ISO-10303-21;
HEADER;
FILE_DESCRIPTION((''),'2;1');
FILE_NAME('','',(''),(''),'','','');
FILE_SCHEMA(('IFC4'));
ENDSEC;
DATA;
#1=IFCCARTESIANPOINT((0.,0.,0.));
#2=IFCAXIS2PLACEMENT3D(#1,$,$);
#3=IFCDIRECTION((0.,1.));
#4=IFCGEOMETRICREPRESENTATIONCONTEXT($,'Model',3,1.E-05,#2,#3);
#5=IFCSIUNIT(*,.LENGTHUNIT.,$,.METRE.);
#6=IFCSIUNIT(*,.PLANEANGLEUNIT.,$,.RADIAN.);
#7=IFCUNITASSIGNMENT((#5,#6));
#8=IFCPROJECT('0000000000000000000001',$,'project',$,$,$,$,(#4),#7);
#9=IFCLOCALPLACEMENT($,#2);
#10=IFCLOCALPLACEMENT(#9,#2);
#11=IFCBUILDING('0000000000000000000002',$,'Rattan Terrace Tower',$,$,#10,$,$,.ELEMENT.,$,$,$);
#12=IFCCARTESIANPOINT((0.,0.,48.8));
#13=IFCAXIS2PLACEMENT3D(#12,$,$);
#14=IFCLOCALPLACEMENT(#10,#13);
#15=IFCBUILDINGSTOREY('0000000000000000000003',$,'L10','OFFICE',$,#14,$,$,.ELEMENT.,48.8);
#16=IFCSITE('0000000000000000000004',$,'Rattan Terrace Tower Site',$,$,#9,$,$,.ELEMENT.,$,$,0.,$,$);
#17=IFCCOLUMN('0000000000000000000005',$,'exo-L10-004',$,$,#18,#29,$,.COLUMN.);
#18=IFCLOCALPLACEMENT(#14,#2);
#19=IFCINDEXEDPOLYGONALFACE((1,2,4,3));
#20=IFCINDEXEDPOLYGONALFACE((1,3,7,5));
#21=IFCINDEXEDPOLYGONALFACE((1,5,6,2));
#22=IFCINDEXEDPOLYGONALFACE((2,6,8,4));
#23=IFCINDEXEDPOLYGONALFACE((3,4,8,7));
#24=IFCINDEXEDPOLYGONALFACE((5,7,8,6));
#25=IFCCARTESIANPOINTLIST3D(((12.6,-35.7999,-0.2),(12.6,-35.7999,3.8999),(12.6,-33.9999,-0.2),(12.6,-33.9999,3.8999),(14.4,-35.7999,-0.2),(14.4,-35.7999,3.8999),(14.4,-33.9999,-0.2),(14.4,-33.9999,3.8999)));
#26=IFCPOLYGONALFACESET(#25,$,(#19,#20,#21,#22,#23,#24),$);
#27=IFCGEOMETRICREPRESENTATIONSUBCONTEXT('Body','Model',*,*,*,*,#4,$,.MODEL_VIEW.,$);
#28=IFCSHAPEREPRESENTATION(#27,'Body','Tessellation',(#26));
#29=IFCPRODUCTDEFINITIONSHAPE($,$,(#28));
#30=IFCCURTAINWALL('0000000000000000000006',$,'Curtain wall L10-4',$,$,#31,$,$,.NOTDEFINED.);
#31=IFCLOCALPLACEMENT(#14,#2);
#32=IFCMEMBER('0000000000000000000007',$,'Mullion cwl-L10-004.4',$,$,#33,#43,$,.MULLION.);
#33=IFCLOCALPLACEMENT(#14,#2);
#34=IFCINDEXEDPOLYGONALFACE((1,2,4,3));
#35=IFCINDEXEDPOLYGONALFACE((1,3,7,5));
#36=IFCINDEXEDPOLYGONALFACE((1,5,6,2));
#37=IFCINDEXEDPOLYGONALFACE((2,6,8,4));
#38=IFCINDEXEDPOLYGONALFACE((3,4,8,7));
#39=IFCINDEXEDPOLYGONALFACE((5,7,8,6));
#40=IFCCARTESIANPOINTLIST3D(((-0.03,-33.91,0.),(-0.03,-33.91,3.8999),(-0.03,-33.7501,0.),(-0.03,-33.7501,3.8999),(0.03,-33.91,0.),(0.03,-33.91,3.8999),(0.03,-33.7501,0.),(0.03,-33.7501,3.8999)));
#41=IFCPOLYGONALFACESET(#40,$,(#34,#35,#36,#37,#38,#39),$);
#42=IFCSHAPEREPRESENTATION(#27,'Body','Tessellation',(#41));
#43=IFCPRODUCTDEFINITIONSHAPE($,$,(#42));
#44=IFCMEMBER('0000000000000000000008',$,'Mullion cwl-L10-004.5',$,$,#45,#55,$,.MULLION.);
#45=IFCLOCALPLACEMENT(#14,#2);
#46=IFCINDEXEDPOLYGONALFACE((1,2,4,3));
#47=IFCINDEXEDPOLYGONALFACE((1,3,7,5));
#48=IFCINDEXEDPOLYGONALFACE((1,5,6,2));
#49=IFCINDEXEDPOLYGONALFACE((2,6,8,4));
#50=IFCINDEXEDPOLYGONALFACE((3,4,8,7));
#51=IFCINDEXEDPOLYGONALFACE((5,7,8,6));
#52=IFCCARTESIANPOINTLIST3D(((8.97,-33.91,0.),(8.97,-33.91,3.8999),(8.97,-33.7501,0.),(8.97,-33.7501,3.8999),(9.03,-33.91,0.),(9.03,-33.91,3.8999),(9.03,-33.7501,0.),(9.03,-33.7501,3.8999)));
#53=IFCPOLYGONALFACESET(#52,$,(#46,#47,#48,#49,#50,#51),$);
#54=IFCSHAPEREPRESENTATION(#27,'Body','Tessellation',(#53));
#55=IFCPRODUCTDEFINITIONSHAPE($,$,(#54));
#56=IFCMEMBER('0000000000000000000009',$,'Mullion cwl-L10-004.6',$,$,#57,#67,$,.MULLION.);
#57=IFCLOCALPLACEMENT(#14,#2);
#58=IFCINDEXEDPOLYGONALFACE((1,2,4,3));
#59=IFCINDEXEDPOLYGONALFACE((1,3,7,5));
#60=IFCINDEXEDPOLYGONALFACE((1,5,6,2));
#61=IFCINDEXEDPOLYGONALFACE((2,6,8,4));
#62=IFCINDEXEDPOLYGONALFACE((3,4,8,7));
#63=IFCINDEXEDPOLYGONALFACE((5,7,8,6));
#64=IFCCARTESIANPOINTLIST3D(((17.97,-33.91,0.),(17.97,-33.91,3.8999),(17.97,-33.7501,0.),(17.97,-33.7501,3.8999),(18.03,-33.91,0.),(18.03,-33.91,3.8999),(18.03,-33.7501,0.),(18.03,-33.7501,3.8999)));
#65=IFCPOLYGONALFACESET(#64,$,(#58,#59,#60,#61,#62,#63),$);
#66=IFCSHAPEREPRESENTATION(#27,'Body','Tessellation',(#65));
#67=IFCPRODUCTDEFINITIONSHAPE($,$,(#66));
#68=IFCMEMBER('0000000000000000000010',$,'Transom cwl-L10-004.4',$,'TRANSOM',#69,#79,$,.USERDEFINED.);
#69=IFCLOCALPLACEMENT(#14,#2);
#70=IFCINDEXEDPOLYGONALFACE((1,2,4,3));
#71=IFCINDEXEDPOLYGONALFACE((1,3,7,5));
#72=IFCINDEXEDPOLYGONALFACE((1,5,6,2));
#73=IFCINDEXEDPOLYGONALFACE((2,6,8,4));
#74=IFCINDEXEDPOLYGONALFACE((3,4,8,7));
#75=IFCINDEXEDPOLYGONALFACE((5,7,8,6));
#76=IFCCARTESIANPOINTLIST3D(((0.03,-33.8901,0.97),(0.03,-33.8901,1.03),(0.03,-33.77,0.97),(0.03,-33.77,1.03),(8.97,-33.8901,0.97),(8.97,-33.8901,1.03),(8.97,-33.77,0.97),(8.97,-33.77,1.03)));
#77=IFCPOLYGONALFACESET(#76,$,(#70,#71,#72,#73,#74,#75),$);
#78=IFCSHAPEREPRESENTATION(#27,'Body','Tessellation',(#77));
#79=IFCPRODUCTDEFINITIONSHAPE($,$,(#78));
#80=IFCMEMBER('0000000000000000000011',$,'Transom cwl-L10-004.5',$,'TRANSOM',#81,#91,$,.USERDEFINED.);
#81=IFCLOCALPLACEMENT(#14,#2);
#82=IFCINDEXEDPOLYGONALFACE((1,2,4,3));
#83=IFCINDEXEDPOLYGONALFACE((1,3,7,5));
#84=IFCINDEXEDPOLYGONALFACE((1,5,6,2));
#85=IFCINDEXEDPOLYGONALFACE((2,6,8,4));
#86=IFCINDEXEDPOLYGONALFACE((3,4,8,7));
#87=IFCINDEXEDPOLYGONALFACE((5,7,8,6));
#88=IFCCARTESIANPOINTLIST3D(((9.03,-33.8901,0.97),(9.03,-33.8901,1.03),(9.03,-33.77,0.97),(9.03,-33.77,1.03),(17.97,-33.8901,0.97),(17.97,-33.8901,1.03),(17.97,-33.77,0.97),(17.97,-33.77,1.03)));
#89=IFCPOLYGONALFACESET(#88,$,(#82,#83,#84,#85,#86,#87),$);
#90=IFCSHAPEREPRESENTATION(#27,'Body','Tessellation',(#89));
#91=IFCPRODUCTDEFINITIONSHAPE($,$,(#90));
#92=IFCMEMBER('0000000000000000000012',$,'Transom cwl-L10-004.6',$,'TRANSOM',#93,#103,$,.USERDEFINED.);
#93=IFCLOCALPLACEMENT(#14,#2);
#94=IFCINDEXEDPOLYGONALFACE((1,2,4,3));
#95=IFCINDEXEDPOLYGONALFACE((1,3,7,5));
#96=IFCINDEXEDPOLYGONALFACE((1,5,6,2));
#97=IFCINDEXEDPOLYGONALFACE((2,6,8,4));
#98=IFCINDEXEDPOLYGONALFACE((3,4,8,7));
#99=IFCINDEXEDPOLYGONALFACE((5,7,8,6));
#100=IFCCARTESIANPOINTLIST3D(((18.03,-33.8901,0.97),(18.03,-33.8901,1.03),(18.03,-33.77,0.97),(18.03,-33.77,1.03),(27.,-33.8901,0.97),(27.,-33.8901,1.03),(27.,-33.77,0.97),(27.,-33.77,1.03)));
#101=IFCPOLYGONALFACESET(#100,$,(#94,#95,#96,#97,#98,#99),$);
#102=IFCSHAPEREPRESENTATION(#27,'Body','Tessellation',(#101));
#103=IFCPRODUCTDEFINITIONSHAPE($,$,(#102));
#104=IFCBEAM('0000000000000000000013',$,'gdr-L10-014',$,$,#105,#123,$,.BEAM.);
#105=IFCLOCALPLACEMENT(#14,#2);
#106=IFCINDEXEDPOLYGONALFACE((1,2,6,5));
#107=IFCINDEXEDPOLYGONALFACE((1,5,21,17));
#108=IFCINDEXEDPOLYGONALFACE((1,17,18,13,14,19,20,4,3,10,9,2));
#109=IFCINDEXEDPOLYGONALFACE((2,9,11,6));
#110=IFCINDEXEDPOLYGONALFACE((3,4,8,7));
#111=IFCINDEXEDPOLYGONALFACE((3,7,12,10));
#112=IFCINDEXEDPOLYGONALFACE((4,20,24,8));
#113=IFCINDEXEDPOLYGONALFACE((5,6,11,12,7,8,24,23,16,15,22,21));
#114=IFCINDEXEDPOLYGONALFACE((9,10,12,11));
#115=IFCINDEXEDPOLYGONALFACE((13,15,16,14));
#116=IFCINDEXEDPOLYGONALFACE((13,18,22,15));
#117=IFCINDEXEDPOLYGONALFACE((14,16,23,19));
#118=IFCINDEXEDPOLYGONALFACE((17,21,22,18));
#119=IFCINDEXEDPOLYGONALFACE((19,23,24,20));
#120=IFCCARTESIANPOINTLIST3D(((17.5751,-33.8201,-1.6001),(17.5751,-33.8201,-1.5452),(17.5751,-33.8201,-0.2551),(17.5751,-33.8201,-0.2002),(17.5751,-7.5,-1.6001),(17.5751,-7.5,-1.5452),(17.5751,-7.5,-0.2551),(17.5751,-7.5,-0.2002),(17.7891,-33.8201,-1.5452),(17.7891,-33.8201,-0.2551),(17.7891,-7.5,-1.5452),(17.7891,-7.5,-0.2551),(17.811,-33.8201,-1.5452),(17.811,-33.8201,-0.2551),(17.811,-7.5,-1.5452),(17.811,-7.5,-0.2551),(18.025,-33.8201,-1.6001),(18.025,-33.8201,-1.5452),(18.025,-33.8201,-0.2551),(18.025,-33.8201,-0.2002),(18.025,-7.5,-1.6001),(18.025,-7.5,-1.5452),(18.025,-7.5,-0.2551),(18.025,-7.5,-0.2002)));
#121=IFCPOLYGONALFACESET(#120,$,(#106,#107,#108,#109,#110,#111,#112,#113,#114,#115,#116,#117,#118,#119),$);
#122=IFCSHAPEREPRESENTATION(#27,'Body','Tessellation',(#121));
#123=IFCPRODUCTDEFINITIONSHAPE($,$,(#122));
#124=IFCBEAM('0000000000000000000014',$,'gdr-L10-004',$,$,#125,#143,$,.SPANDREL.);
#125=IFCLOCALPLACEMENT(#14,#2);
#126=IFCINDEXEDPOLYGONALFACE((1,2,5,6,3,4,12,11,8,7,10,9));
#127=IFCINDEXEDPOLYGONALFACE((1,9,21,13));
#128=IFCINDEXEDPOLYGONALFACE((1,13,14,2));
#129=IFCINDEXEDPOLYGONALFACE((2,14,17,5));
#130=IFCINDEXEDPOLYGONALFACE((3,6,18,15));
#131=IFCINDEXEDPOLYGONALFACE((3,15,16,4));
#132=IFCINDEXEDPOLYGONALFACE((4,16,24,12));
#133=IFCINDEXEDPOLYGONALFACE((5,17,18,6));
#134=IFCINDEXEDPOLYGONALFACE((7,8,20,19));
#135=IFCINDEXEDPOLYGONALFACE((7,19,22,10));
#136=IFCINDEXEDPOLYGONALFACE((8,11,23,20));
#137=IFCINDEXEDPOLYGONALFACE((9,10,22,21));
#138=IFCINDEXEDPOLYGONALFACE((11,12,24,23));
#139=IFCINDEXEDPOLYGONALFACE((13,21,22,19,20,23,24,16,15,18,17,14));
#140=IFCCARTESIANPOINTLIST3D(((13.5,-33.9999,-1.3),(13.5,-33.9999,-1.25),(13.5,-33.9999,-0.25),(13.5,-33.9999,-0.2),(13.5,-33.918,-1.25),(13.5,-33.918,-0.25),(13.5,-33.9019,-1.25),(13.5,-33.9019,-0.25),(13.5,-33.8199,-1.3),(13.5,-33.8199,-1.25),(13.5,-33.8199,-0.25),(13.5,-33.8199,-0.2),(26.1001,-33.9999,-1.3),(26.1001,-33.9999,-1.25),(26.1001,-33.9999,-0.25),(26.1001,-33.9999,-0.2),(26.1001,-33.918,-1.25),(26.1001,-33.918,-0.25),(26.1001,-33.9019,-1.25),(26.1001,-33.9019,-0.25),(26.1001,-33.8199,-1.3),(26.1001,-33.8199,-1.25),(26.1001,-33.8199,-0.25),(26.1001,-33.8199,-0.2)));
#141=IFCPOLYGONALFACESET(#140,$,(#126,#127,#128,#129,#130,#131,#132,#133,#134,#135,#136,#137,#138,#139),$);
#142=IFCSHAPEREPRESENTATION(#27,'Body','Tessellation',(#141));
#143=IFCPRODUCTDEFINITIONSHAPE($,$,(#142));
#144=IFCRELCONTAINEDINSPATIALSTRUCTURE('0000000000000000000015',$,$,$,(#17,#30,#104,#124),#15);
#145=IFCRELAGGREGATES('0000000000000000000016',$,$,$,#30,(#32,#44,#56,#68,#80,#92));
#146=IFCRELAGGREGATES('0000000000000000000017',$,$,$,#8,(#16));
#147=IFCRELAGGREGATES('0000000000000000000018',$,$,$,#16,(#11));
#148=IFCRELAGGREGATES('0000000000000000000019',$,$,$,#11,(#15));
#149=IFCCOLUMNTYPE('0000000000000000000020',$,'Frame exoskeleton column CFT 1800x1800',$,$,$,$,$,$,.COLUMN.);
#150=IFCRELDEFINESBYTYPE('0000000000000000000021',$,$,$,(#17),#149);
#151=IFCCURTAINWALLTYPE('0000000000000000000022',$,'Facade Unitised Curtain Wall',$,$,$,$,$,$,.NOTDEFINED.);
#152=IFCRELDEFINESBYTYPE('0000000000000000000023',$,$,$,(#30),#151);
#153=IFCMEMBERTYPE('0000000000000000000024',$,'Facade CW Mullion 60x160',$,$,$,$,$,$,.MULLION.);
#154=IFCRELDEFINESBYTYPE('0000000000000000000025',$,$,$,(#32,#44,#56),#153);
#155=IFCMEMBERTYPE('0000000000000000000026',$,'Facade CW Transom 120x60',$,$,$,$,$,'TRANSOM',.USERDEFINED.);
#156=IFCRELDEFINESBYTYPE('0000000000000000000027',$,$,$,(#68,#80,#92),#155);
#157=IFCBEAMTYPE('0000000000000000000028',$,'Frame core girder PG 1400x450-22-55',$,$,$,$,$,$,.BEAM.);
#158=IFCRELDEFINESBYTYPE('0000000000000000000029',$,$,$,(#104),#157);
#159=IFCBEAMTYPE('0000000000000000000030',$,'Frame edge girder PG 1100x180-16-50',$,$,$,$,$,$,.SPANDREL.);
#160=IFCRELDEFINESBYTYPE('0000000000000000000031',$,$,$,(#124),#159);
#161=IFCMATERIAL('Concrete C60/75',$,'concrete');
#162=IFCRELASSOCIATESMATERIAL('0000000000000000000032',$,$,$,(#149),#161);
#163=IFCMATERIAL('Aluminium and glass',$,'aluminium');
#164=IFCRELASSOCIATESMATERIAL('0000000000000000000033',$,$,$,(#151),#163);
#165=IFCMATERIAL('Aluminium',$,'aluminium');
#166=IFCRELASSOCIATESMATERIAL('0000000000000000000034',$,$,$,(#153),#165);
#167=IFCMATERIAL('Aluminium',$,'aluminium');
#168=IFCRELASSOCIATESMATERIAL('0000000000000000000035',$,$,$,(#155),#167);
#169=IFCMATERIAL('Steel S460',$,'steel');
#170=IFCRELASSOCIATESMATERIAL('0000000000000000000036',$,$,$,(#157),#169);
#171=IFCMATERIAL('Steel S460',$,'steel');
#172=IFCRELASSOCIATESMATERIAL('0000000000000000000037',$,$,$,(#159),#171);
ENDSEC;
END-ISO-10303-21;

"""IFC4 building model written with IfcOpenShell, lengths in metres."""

from ifc_helpers import new_model, si_unit, direction, frame, origin, origin_2d, place, context, subcontext, project, spatial, rectangle, i_section, extrude, material, material_profile, profile_set, type_object, element, aggregate, save


model = new_model("IFC4")

# Units and contexts
model_context = context("Model", 3, precision=1e-05, world=origin(), true_north=direction((0.0, 1.0)))
body_context = subcontext(model_context, "Body", "Model", "MODEL_VIEW")
ifc_project = project(units=[si_unit("LENGTHUNIT", "METRE"), si_unit("PLANEANGLEUNIT", "RADIAN")], contexts=[model_context])

# Site, building, storey
site_placement = place(None, origin())
site = spatial("IfcSite", under=ifc_project, at=site_placement, Name="Rattan Terrace Tower Site", CompositionType="ELEMENT", RefElevation=0.0)
building_placement = place(site_placement, origin())
building = spatial("IfcBuilding", under=site, at=building_placement, Name="Rattan Terrace Tower", CompositionType="ELEMENT")
storey_placement = place(building_placement, frame((0.0, 0.0, 48.8)))
storey = spatial("IfcBuildingStorey", under=building, at=storey_placement, Name="L10", Description="OFFICE", CompositionType="ELEMENT", Elevation=48.8)

# Column
ifc_material_1 = material(Name="Concrete C60/75", Category="concrete")
ifc_material_profile_1 = material_profile(ifc_material_1, rectangle(XDim=1.8, YDim=1.8, at=origin_2d()), Name="CFT 1800x1800")
ifc_profile_set_1 = profile_set([ifc_material_profile_1], Name="Concrete C60/75")
column_type = type_object("IfcColumnType", Name="Frame exoskeleton column CFT 1800x1800", PredefinedType="COLUMN", material=ifc_profile_set_1)
column_placement = place(storey_placement, frame((13.5, -34.8999, -0.2), z_axis=(0.0, 0.0, 1.0), x_axis=(1.0, 0.0, 0.0)))
element("IfcColumn", 1, at=column_placement, inside=storey, type_object=column_type, Name="exo-L10-004", PredefinedType="COLUMN", context=body_context, shape_type="SweptSolid", body=[
    extrude(rectangle(XDim=1.8, YDim=1.8, at=origin_2d()), origin(), (0.0, 0.0, 1.0), 4.0999),
])

# Curtain wall, members
ifc_material_2 = material(Name="Aluminium and glass", Category="aluminium")
curtain_wall_type = type_object("IfcCurtainWallType", Name="Facade Unitised Curtain Wall", PredefinedType="NOTDEFINED", material=ifc_material_2)
curtain_wall_placement = place(storey_placement, origin())
curtain_wall = element("IfcCurtainWall", 2, at=curtain_wall_placement, inside=storey, type_object=curtain_wall_type, Name="Curtain wall L10-4", PredefinedType="NOTDEFINED")
ifc_material_3 = material(Name="Aluminium", Category="aluminium")
ifc_material_profile_2 = material_profile(ifc_material_3, rectangle(XDim=0.0601, YDim=0.1599, at=origin_2d()), Name="Aluminium 60x160")
ifc_profile_set_2 = profile_set([ifc_material_profile_2], Name="Aluminium")
member_type_1 = type_object("IfcMemberType", Name="Facade CW Mullion 60x160", PredefinedType="MULLION", material=ifc_profile_set_2)
member_1_placement = place(storey_placement, frame((0.0, -33.8301, 0.0), z_axis=(0.0, 0.0, 1.0), x_axis=(1.0, 0.0, 0.0)))
member_1 = element("IfcMember", 3, at=member_1_placement, type_object=member_type_1, Name="Mullion cwl-L10-004.4", PredefinedType="MULLION", context=body_context, shape_type="SweptSolid", body=[
    extrude(rectangle(XDim=0.0601, YDim=0.1599, at=origin_2d()), origin(), (0.0, 0.0, 1.0), 3.8999),
])
member_2_placement = place(storey_placement, frame((9.0, -33.8301, 0.0), z_axis=(0.0, 0.0, 1.0), x_axis=(1.0, 0.0, 0.0)))
member_2 = element("IfcMember", 4, at=member_2_placement, type_object=member_type_1, Name="Mullion cwl-L10-004.5", PredefinedType="MULLION", context=body_context, shape_type="SweptSolid", body=[
    extrude(rectangle(XDim=0.0601, YDim=0.1599, at=origin_2d()), origin(), (0.0, 0.0, 1.0), 3.8999),
])
member_3_placement = place(storey_placement, frame((18.0, -33.8301, 0.0), z_axis=(0.0, 0.0, 1.0), x_axis=(1.0, 0.0, 0.0)))
member_3 = element("IfcMember", 5, at=member_3_placement, type_object=member_type_1, Name="Mullion cwl-L10-004.6", PredefinedType="MULLION", context=body_context, shape_type="SweptSolid", body=[
    extrude(rectangle(XDim=0.0601, YDim=0.1599, at=origin_2d()), origin(), (0.0, 0.0, 1.0), 3.8999),
])
ifc_material_4 = material(Name="Aluminium", Category="aluminium")
ifc_material_profile_3 = material_profile(ifc_material_4, rectangle(XDim=0.1201, YDim=0.0601, at=origin_2d()), Name="Aluminium 120x60")
ifc_profile_set_3 = profile_set([ifc_material_profile_3], Name="Aluminium")
member_type_2 = type_object("IfcMemberType", Name="Facade CW Transom 120x60", ElementType="TRANSOM", PredefinedType="USERDEFINED", material=ifc_profile_set_3)
member_4_placement = place(storey_placement, frame((0.03, -33.8301, 1.0), z_axis=(1.0, 0.0, 0.0), x_axis=(0.0, 1.0, 0.0)))
member_4 = element("IfcMember", 6, at=member_4_placement, type_object=member_type_2, Name="Transom cwl-L10-004.4", ObjectType="TRANSOM", PredefinedType="USERDEFINED", context=body_context, shape_type="SweptSolid", body=[
    extrude(rectangle(XDim=0.1201, YDim=0.0601, at=origin_2d()), origin(), (0.0, 0.0, 1.0), 8.9399),
])
member_5_placement = place(storey_placement, frame((9.03, -33.8301, 1.0), z_axis=(1.0, 0.0, 0.0), x_axis=(0.0, 1.0, 0.0)))
member_5 = element("IfcMember", 7, at=member_5_placement, type_object=member_type_2, Name="Transom cwl-L10-004.5", ObjectType="TRANSOM", PredefinedType="USERDEFINED", context=body_context, shape_type="SweptSolid", body=[
    extrude(rectangle(XDim=0.1201, YDim=0.0601, at=origin_2d()), origin(), (0.0, 0.0, 1.0), 8.9399),
])
member_6_placement = place(storey_placement, frame((18.03, -33.8301, 1.0), z_axis=(1.0, 0.0, 0.0), x_axis=(0.0, 1.0, 0.0)))
member_6 = element("IfcMember", 8, at=member_6_placement, type_object=member_type_2, Name="Transom cwl-L10-004.6", ObjectType="TRANSOM", PredefinedType="USERDEFINED", context=body_context, shape_type="SweptSolid", body=[
    extrude(rectangle(XDim=0.1201, YDim=0.0601, at=origin_2d()), origin(), (0.0, 0.0, 1.0), 8.97),
])

# Beams
ifc_material_5 = material(Name="Steel S460", Category="steel")
ifc_material_profile_4 = material_profile(ifc_material_5, i_section(OverallWidth=0.45, OverallDepth=1.3999, WebThickness=0.022, FlangeThickness=0.0549, at=origin_2d()), Name="PG 1400x450-22-55")
ifc_profile_set_4 = profile_set([ifc_material_profile_4], Name="Steel S460")
beam_type_1 = type_object("IfcBeamType", Name="Frame core girder PG 1400x450-22-55", PredefinedType="BEAM", material=ifc_profile_set_4)
beam_1_placement = place(storey_placement, frame((17.8, -33.8201, -0.9001), z_axis=(0.0, 1.0, 0.0), x_axis=(-1.0, 0.0, 0.0)))
element("IfcBeam", 9, at=beam_1_placement, inside=storey, type_object=beam_type_1, Name="gdr-L10-014", PredefinedType="BEAM", context=body_context, shape_type="SweptSolid", body=[
    extrude(i_section(OverallWidth=0.45, OverallDepth=1.3999, WebThickness=0.022, FlangeThickness=0.0549, at=origin_2d()), origin(), (0.0, 0.0, 1.0), 26.3201),
])
ifc_material_6 = material(Name="Steel S460", Category="steel")
ifc_material_profile_5 = material_profile(ifc_material_6, i_section(OverallWidth=0.1799, OverallDepth=1.1001, WebThickness=0.0161, FlangeThickness=0.05, at=origin_2d()), Name="PG 1100x180-16-50")
ifc_profile_set_5 = profile_set([ifc_material_profile_5], Name="Steel S460")
beam_type_2 = type_object("IfcBeamType", Name="Frame edge girder PG 1100x180-16-50", PredefinedType="SPANDREL", material=ifc_profile_set_5)
beam_2_placement = place(storey_placement, frame((13.5, -33.9099, -0.75), z_axis=(1.0, 0.0, 0.0), x_axis=(0.0, 1.0, 0.0)))
element("IfcBeam", 10, at=beam_2_placement, inside=storey, type_object=beam_type_2, Name="gdr-L10-004", PredefinedType="SPANDREL", context=body_context, shape_type="SweptSolid", body=[
    extrude(i_section(OverallWidth=0.1799, OverallDepth=1.1001, WebThickness=0.0161, FlangeThickness=0.05, at=origin_2d()), origin(), (0.0, 0.0, 1.0), 12.6001),
])

aggregate(curtain_wall, [member_1, member_2, member_3, member_4, member_5, member_6])

save(model, "model.ifc")
